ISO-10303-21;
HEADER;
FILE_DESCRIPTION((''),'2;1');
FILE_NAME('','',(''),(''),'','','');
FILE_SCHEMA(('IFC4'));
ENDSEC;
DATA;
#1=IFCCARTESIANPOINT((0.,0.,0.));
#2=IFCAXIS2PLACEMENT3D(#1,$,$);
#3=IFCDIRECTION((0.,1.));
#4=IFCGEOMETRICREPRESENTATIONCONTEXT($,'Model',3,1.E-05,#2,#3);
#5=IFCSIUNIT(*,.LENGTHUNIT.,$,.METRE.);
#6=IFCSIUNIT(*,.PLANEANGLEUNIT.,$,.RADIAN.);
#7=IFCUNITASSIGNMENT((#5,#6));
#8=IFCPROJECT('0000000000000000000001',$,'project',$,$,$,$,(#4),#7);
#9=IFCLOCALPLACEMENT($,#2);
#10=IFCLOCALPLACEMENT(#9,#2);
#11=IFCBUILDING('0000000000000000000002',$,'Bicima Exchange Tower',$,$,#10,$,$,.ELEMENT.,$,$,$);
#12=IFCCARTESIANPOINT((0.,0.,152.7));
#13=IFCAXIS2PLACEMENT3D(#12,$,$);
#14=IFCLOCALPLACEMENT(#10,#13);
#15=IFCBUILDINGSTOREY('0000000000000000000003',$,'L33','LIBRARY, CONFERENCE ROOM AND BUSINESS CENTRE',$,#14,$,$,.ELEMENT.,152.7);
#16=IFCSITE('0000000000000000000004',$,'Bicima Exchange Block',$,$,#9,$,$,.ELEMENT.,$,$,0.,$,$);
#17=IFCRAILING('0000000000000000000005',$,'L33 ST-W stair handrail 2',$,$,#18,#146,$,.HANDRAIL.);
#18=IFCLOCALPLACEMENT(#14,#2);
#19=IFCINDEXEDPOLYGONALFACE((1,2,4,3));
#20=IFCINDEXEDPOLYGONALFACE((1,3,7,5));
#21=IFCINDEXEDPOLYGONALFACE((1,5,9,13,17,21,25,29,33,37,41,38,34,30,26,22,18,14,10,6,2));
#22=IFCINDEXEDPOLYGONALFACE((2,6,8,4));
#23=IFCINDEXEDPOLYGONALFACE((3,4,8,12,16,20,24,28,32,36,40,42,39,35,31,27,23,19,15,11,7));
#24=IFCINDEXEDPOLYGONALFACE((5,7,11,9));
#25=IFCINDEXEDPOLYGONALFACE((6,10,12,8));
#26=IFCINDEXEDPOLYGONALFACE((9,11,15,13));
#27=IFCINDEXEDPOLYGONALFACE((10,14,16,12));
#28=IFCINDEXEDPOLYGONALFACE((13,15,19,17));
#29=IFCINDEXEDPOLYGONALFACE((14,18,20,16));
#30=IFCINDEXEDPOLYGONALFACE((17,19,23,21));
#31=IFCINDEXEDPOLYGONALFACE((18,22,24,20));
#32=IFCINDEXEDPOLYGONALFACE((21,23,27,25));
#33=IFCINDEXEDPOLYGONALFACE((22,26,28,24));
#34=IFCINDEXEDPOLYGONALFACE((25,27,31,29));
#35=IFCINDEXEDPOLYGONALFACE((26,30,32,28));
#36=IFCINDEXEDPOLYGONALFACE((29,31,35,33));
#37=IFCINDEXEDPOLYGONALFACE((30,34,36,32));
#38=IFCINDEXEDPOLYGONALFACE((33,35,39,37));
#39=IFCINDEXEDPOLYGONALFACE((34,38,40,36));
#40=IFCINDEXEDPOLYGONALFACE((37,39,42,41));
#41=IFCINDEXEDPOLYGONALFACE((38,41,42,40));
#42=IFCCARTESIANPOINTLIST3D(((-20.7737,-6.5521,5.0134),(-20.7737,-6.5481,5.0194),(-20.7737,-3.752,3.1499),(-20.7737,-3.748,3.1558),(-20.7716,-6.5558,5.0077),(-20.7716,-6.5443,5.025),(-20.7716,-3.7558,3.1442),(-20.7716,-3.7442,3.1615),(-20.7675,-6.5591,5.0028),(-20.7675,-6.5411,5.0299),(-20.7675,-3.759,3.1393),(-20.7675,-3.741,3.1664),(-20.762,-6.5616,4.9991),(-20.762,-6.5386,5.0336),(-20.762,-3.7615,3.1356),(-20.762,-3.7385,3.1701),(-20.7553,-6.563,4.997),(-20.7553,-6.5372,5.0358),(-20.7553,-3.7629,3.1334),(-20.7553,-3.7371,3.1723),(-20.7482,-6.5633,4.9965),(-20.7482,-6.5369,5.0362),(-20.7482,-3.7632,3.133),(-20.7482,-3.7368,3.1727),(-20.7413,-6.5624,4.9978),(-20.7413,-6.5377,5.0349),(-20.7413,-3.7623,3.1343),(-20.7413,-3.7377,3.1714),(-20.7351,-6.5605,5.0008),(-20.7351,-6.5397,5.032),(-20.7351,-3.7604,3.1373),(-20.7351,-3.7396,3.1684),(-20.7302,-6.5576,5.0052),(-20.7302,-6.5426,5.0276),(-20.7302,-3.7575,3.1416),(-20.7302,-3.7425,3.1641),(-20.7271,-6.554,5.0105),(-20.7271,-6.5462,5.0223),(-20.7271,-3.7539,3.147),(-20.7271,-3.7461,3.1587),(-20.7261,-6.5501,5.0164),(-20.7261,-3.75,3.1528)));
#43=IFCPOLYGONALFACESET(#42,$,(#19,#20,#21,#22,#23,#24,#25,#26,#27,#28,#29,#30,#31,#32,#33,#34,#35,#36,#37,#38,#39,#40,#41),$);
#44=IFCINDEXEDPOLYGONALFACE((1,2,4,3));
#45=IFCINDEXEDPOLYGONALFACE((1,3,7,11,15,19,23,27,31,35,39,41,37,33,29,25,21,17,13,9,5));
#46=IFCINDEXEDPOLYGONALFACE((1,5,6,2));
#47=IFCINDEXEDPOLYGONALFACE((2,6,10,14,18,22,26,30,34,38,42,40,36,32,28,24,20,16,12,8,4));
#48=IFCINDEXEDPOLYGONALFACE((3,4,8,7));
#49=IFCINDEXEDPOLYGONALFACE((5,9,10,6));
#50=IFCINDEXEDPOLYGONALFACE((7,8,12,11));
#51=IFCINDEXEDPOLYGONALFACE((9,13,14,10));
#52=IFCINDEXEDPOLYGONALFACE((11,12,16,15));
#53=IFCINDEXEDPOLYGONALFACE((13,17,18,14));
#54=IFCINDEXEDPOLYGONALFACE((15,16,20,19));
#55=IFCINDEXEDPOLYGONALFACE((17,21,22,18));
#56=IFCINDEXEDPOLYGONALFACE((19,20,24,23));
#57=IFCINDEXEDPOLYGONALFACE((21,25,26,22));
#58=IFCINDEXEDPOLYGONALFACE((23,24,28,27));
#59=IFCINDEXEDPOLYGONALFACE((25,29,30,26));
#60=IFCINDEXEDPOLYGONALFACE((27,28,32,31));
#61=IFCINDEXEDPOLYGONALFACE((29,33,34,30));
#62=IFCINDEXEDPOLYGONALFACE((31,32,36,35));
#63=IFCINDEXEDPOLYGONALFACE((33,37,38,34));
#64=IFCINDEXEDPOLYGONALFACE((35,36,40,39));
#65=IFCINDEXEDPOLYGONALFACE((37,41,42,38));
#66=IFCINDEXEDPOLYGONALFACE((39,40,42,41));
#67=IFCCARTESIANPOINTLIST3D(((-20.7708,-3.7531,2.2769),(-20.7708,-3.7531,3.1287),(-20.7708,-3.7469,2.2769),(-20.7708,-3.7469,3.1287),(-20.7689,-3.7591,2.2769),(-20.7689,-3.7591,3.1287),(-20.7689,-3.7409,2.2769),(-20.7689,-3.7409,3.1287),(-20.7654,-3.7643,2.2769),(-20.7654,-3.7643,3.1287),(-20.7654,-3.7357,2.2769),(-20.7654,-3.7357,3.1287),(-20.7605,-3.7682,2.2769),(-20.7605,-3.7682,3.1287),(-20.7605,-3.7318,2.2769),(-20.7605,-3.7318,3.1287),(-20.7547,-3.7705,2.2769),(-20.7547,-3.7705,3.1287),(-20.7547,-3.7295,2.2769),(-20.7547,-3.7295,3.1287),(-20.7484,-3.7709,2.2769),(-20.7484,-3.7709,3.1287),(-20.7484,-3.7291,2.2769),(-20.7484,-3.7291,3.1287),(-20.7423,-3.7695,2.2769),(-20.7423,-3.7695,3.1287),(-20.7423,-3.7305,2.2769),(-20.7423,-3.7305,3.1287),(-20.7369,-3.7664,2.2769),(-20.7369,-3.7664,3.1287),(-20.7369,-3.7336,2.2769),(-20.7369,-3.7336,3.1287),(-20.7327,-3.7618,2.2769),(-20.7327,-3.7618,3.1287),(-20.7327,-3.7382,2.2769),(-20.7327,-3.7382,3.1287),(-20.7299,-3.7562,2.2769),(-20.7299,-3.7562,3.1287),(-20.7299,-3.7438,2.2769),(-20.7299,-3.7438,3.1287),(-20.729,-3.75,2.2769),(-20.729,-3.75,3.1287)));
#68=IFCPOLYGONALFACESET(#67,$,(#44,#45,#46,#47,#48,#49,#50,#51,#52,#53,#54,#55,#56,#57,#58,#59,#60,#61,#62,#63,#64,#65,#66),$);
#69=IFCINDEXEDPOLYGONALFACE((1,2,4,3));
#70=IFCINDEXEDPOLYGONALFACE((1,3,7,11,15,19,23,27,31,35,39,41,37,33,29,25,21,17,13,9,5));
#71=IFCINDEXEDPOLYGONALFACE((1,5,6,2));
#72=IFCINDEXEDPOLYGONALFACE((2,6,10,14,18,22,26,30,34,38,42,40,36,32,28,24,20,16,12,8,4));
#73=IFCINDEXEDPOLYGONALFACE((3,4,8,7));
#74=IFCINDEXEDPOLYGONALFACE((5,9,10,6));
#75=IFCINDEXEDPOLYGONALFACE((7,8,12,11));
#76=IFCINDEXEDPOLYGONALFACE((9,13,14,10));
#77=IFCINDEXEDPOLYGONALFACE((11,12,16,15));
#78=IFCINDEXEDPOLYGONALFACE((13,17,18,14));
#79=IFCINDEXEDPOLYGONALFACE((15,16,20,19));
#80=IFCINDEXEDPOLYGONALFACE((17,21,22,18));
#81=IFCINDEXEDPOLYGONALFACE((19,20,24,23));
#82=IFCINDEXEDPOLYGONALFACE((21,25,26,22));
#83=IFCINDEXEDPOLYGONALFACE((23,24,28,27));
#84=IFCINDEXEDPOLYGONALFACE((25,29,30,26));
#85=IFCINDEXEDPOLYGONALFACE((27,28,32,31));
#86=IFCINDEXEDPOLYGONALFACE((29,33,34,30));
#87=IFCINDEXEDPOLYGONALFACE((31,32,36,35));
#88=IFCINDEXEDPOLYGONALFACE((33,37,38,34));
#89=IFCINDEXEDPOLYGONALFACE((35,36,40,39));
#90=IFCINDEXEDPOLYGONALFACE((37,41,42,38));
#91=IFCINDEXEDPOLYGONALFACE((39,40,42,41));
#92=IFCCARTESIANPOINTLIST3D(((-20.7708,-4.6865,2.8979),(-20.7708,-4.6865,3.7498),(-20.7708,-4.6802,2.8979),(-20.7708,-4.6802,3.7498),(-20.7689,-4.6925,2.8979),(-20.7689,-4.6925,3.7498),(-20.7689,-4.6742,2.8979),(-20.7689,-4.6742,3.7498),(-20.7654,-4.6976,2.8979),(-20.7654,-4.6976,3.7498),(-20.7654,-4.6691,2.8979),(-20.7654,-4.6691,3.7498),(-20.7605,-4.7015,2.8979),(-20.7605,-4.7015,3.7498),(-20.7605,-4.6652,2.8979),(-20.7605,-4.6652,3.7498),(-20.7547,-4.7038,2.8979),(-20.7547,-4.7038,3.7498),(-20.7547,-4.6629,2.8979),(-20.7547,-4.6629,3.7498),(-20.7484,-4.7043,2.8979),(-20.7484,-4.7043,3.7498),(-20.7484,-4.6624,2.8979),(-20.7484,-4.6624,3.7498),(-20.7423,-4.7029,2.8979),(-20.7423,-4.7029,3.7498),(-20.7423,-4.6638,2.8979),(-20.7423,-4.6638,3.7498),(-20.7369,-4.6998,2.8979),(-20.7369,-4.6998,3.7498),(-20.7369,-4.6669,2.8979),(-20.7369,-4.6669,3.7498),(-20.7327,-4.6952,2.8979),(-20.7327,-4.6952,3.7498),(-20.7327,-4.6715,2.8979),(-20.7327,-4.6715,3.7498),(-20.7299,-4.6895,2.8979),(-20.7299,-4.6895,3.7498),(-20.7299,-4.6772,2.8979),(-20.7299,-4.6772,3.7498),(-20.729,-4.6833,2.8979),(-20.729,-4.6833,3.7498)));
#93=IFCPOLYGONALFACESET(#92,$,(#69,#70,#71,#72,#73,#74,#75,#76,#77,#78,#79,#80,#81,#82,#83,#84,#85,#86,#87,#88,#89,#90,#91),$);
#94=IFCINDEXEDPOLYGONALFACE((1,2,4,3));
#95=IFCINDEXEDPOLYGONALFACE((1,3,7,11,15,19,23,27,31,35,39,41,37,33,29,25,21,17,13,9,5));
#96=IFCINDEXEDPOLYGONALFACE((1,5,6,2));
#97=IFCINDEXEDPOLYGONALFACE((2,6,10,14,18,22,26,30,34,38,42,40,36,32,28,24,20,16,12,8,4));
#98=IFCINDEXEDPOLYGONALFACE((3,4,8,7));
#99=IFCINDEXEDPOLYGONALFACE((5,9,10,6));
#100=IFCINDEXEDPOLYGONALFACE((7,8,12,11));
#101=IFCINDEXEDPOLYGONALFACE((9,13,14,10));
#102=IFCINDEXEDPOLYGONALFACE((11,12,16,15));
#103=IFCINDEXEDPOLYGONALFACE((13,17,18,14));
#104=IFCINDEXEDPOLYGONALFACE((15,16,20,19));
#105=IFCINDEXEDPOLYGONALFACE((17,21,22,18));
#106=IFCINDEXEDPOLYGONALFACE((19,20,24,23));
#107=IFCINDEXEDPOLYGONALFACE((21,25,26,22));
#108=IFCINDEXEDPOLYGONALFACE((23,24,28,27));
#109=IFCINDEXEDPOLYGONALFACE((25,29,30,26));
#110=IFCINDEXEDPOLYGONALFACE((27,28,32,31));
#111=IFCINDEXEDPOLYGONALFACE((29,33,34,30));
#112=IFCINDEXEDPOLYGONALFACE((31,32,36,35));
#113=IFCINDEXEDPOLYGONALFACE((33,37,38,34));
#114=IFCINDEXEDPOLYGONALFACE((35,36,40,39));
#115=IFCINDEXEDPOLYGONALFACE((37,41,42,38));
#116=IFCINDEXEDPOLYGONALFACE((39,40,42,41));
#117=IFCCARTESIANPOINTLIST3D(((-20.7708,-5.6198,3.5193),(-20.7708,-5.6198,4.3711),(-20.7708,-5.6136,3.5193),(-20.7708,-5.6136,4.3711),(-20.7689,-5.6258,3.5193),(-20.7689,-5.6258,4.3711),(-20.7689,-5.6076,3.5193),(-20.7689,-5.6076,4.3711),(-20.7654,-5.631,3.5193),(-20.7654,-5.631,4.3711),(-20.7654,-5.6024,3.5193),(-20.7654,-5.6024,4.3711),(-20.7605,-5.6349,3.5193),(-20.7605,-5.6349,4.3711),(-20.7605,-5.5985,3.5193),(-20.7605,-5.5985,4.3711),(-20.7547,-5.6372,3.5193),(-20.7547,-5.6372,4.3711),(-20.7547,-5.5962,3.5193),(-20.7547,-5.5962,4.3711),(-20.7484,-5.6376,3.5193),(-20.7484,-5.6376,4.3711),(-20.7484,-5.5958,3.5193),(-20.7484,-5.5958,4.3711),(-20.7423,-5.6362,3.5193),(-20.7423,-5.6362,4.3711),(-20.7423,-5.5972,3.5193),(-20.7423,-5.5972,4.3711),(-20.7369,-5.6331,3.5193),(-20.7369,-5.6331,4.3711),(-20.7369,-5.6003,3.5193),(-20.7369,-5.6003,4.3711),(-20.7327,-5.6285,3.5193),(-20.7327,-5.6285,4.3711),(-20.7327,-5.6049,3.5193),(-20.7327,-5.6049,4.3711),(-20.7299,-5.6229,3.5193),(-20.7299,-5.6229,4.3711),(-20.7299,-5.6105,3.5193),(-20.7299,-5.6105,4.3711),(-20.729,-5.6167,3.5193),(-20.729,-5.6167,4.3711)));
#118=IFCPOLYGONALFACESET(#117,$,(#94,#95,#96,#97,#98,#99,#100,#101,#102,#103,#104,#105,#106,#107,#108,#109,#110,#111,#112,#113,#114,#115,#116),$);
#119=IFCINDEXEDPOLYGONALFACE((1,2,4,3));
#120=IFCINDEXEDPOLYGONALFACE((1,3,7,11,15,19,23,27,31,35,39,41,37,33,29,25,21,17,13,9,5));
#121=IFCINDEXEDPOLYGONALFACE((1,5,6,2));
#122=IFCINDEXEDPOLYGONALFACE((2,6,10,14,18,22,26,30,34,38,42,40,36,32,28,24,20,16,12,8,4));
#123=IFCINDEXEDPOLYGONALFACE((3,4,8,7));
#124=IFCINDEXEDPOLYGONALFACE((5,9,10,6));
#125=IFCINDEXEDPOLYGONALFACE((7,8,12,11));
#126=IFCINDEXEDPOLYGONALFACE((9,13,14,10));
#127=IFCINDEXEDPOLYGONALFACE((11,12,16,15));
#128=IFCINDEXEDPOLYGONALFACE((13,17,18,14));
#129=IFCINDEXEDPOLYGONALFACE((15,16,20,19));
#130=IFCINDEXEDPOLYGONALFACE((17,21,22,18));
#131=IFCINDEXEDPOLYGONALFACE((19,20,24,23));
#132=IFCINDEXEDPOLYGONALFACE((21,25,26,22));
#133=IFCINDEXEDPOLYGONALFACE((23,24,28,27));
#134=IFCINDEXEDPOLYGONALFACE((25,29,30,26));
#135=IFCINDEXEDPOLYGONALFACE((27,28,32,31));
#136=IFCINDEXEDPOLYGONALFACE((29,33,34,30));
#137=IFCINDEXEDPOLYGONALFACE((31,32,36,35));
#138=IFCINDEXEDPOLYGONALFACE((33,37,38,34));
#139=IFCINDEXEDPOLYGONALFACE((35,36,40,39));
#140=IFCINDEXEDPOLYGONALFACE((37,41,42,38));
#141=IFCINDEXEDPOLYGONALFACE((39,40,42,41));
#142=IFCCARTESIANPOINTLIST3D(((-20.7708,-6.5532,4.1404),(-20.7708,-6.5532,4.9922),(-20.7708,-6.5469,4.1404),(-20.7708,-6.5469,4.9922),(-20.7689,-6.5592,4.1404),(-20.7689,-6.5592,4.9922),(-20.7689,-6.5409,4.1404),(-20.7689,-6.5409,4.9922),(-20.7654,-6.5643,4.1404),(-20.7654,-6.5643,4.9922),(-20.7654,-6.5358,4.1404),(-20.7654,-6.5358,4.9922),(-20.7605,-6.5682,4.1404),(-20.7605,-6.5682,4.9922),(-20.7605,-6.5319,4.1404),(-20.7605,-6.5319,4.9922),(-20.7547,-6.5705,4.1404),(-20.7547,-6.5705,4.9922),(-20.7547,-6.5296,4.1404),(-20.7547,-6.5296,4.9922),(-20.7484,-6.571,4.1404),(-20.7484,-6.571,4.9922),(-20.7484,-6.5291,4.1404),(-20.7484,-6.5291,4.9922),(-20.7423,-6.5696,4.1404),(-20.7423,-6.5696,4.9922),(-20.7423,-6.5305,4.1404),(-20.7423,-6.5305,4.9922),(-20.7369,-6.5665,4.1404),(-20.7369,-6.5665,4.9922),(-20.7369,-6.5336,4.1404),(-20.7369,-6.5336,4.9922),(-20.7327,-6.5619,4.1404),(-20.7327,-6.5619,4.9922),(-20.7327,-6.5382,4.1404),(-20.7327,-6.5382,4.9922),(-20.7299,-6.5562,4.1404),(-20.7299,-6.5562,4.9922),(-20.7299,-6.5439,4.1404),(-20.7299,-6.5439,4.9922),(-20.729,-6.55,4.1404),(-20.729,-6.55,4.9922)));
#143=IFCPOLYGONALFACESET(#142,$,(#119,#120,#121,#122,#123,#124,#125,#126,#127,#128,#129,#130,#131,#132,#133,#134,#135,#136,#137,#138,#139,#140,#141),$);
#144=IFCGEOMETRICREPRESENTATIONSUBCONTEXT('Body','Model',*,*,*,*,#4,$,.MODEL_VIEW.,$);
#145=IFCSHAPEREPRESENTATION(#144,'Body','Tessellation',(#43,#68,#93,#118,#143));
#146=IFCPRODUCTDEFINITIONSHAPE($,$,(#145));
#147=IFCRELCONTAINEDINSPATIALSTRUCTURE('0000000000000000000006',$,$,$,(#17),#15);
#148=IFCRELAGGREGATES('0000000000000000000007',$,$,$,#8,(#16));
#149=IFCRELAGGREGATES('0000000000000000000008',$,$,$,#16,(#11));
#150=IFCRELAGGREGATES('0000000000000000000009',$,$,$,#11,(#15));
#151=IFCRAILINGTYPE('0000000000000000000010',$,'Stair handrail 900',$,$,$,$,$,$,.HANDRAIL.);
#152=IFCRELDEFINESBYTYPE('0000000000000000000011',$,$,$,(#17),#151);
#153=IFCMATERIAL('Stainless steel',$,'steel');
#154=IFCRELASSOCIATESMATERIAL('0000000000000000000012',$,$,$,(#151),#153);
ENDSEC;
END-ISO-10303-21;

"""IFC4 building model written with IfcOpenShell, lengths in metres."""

from ifc_helpers import new_model, si_unit, direction, frame, origin, origin_2d, place, context, subcontext, project, spatial, circle, extrude, material, type_object, element, save


model = new_model("IFC4")

# Units and contexts
model_context = context("Model", 3, precision=1e-05, world=origin(), true_north=direction((0.0, 1.0)))
body_context = subcontext(model_context, "Body", "Model", "MODEL_VIEW")
ifc_project = project(units=[si_unit("LENGTHUNIT", "METRE"), si_unit("PLANEANGLEUNIT", "RADIAN")], contexts=[model_context])

# Site, building, storey
site_placement = place(None, origin())
site = spatial("IfcSite", under=ifc_project, at=site_placement, Name="Bicima Exchange Block", CompositionType="ELEMENT", RefElevation=0.0)
building_placement = place(site_placement, origin())
building = spatial("IfcBuilding", under=site, at=building_placement, Name="Bicima Exchange Tower", CompositionType="ELEMENT")
storey_placement = place(building_placement, frame((0.0, 0.0, 152.7)))
storey = spatial("IfcBuildingStorey", under=building, at=storey_placement, Name="L33", Description="LIBRARY, CONFERENCE ROOM AND BUSINESS CENTRE", CompositionType="ELEMENT", Elevation=152.7)

# Railing
ifc_material_1 = material(Name="Stainless steel", Category="steel")
railing_type_1 = type_object("IfcRailingType", Name="Stair handrail 900", PredefinedType="HANDRAIL", material=ifc_material_1)
railing_1_placement = place(storey_placement, frame((-20.75, -3.75, 2.2769)))
element("IfcRailing", 1, at=railing_1_placement, inside=storey, type_object=railing_type_1, Name="L33 ST-W stair handrail 2", PredefinedType="HANDRAIL", context=body_context, shape_type="SweptSolid", body=[
    extrude(circle(Radius=0.0239, at=origin_2d()), frame((0.0, 0.0, 0.876), z_axis=(0.0, -0.832486, 0.554047), x_axis=(1.0, 0.0, 0.0)), (0.0, 0.0, 1.0), 3.3635),
    extrude(circle(Radius=0.021, at=origin_2d()), origin(), (0.0, 0.0, 1.0), 0.8518),
    extrude(circle(Radius=0.021, at=origin_2d()), frame((0.0, -0.9333, 0.6211)), (0.0, 0.0, 1.0), 0.8518),
    extrude(circle(Radius=0.021, at=origin_2d()), frame((0.0, -1.8667, 1.2424)), (0.0, 0.0, 1.0), 0.8518),
    extrude(circle(Radius=0.021, at=origin_2d()), frame((0.0, -2.8, 1.8635)), (0.0, 0.0, 1.0), 0.8518),
])

save(model, "model.ifc")
